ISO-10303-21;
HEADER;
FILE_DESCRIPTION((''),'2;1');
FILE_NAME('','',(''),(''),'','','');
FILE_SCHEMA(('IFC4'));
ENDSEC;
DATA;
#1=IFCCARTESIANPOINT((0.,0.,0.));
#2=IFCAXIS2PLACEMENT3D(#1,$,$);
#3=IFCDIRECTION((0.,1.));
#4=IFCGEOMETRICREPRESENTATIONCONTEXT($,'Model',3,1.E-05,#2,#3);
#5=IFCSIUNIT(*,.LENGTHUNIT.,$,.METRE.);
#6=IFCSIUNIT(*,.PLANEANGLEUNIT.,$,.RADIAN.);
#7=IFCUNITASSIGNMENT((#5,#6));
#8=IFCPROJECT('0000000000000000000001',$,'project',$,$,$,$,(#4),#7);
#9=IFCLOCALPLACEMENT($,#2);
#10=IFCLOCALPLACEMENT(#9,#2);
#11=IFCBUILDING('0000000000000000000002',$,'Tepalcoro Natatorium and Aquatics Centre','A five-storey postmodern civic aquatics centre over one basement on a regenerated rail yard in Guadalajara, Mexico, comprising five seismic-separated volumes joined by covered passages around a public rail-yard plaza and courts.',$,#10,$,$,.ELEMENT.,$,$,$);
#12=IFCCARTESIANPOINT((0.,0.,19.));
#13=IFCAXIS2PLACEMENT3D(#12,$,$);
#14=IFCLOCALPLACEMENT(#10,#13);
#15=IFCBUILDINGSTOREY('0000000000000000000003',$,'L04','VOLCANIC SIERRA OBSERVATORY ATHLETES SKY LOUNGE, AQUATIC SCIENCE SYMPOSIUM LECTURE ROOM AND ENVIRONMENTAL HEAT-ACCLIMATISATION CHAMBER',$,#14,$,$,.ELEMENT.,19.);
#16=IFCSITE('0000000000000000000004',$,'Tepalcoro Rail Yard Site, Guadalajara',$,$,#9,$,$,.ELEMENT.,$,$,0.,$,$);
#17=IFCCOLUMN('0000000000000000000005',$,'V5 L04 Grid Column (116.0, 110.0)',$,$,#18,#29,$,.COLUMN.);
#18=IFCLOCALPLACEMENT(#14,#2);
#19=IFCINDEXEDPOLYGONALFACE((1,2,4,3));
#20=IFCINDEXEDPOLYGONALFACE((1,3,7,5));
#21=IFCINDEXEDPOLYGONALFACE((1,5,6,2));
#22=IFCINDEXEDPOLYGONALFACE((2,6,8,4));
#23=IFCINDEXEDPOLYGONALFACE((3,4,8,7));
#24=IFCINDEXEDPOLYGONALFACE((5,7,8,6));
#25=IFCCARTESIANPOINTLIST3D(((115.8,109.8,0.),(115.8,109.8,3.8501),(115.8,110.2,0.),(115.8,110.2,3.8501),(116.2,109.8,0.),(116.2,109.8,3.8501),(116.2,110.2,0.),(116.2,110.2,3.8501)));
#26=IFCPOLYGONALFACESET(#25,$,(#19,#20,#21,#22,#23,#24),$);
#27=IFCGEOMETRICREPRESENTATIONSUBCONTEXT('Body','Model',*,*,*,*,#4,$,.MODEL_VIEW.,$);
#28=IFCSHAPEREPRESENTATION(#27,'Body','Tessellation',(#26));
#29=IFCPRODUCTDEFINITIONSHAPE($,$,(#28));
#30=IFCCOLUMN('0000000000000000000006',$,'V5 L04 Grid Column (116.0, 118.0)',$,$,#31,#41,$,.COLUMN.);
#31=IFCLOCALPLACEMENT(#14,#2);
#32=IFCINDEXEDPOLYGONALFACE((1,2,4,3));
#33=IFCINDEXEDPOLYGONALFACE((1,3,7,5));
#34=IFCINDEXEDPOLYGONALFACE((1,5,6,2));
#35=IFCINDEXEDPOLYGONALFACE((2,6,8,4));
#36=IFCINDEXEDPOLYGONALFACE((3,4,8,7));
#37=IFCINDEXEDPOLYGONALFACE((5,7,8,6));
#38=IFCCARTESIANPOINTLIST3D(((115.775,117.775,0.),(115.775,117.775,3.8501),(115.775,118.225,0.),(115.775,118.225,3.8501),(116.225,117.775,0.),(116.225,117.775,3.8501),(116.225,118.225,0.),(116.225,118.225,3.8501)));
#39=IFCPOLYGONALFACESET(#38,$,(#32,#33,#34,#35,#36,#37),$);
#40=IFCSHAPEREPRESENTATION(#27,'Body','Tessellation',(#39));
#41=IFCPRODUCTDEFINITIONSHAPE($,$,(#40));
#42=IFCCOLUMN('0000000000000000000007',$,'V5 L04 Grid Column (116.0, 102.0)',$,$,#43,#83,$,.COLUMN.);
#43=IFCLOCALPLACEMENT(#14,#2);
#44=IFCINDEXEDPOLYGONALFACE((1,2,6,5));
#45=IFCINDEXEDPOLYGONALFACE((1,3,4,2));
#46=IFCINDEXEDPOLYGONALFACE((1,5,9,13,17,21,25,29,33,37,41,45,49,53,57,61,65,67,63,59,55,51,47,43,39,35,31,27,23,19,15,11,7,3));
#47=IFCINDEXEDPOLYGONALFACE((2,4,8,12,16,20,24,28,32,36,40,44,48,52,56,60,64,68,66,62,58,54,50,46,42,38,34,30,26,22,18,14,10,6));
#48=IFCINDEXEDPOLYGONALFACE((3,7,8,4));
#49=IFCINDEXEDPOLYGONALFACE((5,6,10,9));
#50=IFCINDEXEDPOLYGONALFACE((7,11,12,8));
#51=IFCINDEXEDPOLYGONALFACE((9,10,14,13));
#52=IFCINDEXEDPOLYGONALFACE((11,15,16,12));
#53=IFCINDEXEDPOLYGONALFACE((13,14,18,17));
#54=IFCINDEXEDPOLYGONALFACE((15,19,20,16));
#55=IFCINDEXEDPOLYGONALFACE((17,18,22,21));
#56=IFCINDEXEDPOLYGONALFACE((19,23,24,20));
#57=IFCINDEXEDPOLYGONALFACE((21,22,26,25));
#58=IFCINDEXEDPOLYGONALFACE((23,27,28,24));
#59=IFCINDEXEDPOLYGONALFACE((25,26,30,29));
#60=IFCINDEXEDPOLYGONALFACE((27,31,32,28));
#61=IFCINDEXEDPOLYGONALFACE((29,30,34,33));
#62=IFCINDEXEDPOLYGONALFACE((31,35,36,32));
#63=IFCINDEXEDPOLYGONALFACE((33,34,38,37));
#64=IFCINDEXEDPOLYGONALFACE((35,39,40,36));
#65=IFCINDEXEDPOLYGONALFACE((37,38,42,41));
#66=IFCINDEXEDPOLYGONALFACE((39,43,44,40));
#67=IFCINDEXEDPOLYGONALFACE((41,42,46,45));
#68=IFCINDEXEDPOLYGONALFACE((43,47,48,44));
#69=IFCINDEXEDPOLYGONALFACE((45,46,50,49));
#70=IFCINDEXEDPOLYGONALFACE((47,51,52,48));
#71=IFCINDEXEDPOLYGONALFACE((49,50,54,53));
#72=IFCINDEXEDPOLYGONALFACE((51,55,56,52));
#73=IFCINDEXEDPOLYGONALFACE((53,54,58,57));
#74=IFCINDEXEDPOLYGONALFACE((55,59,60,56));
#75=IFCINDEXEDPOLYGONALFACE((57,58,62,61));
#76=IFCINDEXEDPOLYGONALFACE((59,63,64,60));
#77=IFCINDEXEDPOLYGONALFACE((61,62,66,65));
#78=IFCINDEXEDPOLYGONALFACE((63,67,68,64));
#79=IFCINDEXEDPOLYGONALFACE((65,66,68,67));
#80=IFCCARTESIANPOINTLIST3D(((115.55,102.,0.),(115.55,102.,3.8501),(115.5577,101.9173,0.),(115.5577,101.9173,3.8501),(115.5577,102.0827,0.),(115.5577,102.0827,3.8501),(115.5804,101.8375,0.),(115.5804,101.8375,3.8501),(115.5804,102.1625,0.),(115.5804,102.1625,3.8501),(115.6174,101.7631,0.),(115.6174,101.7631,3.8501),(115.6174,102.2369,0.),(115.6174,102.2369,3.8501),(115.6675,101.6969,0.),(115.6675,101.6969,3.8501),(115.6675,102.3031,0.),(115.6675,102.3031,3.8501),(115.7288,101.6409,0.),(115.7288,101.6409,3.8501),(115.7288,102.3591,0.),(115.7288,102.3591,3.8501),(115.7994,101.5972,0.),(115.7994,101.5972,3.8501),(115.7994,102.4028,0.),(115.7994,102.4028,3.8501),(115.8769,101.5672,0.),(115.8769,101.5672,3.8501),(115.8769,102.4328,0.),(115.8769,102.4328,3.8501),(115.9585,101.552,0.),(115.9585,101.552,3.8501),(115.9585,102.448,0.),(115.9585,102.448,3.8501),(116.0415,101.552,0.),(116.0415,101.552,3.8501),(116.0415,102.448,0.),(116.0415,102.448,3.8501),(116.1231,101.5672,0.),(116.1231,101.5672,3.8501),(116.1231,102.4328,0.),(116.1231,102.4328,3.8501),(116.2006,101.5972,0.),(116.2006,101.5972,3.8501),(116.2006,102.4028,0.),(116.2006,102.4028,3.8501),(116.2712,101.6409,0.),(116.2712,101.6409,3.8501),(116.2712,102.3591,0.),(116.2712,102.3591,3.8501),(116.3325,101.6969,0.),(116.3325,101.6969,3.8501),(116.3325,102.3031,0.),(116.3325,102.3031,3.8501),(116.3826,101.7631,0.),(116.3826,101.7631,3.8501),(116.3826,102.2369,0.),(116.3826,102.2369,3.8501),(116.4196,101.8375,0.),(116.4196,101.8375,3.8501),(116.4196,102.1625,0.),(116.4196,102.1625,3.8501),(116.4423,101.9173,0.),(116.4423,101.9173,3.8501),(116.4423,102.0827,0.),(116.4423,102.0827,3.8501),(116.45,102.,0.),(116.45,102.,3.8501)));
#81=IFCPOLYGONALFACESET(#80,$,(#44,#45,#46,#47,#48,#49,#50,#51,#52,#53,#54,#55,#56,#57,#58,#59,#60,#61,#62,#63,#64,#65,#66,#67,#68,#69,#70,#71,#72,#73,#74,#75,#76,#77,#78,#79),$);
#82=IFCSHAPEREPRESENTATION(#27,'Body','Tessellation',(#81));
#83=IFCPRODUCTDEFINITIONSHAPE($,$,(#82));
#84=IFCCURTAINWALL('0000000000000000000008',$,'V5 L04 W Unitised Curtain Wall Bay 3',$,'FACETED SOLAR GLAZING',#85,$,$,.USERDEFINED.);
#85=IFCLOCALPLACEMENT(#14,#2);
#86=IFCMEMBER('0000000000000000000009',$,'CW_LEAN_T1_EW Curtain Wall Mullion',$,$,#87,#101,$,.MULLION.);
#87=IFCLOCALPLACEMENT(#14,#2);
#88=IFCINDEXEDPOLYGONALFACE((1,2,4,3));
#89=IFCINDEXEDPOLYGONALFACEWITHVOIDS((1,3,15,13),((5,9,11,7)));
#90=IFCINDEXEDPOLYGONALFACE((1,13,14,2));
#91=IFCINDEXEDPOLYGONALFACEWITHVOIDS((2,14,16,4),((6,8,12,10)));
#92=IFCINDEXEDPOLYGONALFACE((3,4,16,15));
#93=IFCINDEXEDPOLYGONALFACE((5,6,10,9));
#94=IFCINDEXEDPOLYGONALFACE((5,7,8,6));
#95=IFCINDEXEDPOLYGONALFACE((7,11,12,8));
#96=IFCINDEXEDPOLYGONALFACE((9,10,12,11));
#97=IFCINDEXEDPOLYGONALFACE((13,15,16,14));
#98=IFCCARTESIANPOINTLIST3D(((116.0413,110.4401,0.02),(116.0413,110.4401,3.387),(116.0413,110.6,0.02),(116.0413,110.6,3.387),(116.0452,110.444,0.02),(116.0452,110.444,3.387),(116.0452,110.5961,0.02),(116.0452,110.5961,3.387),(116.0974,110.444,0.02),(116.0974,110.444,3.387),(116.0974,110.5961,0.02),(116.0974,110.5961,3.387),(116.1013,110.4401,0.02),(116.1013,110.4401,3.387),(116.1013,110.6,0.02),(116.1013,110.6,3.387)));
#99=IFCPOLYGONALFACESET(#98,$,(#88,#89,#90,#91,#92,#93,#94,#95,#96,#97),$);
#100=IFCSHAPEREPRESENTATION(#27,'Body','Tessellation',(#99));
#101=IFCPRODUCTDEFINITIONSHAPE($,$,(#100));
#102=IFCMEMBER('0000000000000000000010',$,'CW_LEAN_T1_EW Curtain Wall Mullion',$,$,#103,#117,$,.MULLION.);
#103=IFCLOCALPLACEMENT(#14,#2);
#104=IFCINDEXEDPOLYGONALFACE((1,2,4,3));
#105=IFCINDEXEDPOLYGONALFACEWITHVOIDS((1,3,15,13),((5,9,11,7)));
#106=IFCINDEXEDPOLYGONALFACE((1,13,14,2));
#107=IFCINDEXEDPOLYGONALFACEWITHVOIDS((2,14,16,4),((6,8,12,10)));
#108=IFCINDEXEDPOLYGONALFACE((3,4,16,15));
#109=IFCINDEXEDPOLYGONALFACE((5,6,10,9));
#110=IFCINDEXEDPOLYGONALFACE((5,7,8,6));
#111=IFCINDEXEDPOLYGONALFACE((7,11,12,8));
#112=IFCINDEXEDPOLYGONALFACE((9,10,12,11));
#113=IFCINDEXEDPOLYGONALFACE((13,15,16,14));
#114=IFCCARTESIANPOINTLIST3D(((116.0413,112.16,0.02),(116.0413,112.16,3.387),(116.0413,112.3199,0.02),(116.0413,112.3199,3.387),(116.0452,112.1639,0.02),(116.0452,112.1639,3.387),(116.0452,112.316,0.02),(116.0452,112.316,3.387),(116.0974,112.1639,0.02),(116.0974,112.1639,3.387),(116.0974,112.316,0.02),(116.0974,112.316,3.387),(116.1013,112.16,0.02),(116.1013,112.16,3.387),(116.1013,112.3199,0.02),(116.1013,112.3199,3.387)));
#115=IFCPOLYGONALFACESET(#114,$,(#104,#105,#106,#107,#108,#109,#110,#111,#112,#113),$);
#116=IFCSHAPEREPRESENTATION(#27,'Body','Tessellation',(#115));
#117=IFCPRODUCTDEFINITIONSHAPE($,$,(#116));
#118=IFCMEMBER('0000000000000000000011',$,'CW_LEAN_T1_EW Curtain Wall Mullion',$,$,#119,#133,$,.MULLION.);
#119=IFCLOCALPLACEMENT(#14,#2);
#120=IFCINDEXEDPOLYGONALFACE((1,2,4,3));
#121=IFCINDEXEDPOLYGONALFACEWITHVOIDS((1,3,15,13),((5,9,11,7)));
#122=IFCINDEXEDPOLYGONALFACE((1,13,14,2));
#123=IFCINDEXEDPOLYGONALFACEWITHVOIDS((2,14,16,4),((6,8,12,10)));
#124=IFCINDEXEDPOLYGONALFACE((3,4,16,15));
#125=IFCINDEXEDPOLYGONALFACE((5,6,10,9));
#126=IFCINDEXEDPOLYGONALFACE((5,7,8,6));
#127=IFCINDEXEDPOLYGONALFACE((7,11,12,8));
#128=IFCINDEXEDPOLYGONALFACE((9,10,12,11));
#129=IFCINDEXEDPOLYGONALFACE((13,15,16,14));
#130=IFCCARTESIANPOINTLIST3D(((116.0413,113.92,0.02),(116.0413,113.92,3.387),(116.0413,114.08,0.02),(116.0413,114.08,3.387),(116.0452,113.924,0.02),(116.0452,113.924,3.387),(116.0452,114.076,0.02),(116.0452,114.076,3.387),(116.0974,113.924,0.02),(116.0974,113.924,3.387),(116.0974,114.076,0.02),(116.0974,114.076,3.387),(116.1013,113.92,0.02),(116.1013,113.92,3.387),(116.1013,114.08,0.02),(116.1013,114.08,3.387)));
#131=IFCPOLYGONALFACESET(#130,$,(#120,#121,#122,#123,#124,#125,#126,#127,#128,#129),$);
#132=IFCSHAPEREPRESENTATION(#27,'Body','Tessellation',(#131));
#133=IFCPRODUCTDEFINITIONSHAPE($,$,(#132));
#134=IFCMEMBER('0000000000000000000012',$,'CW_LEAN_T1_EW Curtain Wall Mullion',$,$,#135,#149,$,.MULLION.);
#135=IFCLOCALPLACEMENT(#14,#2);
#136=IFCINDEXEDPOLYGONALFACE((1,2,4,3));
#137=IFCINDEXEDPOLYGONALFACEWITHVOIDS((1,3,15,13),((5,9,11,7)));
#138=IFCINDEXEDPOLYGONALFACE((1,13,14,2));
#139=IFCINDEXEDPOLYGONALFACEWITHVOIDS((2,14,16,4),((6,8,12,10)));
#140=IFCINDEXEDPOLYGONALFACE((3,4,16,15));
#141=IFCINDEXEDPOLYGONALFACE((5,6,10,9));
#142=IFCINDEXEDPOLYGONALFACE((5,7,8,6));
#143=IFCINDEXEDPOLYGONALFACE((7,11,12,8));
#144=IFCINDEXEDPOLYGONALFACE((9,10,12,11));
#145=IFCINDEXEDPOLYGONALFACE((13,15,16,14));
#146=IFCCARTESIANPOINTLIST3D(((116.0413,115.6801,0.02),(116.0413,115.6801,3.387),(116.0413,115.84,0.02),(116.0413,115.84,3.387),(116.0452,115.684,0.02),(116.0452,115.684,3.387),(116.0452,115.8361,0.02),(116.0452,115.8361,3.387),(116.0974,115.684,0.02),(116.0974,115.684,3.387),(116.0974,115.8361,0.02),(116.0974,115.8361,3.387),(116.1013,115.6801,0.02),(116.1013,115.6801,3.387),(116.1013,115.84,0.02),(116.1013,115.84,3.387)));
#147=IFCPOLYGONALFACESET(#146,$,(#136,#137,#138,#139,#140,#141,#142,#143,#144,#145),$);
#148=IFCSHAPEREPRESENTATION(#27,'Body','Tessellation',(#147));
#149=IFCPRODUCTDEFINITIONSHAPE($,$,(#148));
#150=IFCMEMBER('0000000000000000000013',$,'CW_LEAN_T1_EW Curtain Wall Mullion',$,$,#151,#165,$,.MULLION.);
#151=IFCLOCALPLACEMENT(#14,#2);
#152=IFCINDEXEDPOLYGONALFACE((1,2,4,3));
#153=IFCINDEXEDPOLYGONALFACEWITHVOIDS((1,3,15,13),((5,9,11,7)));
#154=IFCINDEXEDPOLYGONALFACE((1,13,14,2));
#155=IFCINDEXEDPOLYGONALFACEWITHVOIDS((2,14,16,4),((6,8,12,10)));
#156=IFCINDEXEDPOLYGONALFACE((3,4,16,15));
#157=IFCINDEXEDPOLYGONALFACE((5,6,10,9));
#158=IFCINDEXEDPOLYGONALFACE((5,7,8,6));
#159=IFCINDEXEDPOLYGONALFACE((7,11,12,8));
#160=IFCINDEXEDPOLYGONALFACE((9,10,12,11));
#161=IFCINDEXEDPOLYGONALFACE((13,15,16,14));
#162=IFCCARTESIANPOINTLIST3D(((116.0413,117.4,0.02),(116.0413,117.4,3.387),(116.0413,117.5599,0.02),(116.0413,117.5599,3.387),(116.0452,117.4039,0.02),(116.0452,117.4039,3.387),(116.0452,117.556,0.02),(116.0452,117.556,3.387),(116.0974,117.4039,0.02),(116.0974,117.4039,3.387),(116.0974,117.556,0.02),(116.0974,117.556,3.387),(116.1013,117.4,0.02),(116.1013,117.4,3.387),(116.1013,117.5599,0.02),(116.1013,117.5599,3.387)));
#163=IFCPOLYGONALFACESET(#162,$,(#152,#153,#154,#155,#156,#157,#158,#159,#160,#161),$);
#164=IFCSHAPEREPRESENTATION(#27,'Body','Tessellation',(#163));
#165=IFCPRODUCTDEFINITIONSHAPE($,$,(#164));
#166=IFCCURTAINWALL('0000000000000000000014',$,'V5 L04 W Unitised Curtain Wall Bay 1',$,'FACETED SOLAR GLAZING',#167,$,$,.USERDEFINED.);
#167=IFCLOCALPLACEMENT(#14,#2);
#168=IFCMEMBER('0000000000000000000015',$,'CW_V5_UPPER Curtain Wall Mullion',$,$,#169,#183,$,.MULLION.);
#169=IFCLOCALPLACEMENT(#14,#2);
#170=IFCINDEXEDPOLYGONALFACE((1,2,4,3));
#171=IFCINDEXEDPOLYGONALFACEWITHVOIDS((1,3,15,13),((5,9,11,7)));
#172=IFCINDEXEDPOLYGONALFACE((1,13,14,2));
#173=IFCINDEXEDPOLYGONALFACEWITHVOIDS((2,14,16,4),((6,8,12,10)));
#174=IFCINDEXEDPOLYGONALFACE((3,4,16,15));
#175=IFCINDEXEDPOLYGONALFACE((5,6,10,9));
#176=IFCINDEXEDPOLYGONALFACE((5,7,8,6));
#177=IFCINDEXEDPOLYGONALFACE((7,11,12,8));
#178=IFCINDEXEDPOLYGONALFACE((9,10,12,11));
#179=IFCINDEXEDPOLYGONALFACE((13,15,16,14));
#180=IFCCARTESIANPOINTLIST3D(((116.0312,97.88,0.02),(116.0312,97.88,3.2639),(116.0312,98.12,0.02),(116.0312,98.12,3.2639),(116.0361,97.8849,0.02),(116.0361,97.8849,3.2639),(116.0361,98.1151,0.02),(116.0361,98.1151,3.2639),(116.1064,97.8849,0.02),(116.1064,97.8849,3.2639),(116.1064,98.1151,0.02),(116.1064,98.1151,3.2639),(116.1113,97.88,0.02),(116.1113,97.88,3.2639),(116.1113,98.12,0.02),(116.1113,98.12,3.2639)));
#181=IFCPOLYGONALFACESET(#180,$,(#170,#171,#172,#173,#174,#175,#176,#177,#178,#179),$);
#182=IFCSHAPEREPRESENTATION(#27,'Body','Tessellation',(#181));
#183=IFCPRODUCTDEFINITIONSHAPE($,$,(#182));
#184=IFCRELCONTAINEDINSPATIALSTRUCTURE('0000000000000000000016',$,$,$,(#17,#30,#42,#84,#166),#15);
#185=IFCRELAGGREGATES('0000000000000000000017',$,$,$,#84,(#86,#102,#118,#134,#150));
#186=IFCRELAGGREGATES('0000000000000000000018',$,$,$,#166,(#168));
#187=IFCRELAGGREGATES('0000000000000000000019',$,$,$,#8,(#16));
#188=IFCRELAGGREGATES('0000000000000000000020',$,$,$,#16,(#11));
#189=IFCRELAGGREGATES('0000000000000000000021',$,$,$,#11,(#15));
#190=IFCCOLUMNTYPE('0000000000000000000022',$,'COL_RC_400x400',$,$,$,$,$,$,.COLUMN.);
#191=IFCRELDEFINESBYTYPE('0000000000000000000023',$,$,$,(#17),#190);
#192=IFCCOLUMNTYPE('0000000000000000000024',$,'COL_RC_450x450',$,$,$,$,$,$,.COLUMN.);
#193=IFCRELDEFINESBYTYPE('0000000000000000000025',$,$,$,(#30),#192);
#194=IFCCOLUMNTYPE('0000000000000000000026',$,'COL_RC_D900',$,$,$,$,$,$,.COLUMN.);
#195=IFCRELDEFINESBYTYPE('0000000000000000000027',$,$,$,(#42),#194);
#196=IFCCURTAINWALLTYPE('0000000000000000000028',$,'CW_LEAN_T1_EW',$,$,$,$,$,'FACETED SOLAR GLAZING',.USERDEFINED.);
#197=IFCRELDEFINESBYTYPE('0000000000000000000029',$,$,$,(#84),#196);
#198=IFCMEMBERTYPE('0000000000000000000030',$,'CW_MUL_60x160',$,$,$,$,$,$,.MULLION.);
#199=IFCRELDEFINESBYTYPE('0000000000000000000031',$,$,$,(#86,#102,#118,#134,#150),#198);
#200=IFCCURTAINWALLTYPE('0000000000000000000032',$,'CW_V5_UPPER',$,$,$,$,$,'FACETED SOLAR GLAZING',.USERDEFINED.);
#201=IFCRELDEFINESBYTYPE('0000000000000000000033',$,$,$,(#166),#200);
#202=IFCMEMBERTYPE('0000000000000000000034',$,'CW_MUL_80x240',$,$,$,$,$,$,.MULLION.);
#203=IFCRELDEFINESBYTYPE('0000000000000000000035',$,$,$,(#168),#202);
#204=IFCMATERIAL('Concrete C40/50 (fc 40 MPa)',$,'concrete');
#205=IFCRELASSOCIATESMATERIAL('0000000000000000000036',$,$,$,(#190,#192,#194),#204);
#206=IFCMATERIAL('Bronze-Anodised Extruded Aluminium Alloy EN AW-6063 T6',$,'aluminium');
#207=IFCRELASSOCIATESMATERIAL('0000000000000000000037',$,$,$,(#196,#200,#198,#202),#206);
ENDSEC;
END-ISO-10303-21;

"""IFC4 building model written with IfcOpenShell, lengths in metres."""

from ifc_helpers import new_model, si_unit, direction, frame, origin, origin_2d, place, context, subcontext, project, spatial, rectangle, hollow_rectangle, circle, extrude, material, material_profile, profile_set, type_object, element, aggregate, save


model = new_model("IFC4")

# Units and contexts
model_context = context("Model", 3, precision=1e-05, world=origin(), true_north=direction((0.0, 1.0)))
body_context = subcontext(model_context, "Body", "Model", "MODEL_VIEW")
ifc_project = project(units=[si_unit("LENGTHUNIT", "METRE"), si_unit("PLANEANGLEUNIT", "RADIAN")], contexts=[model_context])

# Site, building, storey
site_placement = place(None, origin())
site = spatial("IfcSite", under=ifc_project, at=site_placement, Name="Tepalcoro Rail Yard Site, Guadalajara", CompositionType="ELEMENT", RefElevation=0.0)
building_placement = place(site_placement, origin())
building = spatial("IfcBuilding", under=site, at=building_placement, Name="Tepalcoro Natatorium and Aquatics Centre", Description="A five-storey postmodern civic aquatics centre over one basement on a regenerated rail yard in Guadalajara, Mexico, comprising five seismic-separated volumes joined by covered passages around a public rail-yard plaza and courts.", CompositionType="ELEMENT")
storey_placement = place(building_placement, frame((0.0, 0.0, 19.0)))
storey = spatial("IfcBuildingStorey", under=building, at=storey_placement, Name="L04", Description="VOLCANIC SIERRA OBSERVATORY ATHLETES SKY LOUNGE, AQUATIC SCIENCE SYMPOSIUM LECTURE ROOM AND ENVIRONMENTAL HEAT-ACCLIMATISATION CHAMBER", CompositionType="ELEMENT", Elevation=19.0)

# Columns
ifc_material_1 = material(Name="Concrete C40/50 (fc 40 MPa)", Category="concrete")
ifc_material_profile_1 = material_profile(ifc_material_1, rectangle(XDim=0.3999, YDim=0.3999, at=origin_2d()), Name="RC400x400")
ifc_profile_set_1 = profile_set([ifc_material_profile_1], Name="Concrete C40/50 (fc 40 MPa)")
column_type_1 = type_object("IfcColumnType", Name="COL_RC_400x400", PredefinedType="COLUMN", material=ifc_profile_set_1)
column_1_placement = place(storey_placement, frame((116.0, 110.0, 0.0), z_axis=(0.0, 0.0, 1.0), x_axis=(1.0, 0.0, 0.0)))
element("IfcColumn", 1, at=column_1_placement, inside=storey, type_object=column_type_1, Name="V5 L04 Grid Column (116.0, 110.0)", PredefinedType="COLUMN", context=body_context, shape_type="SweptSolid", body=[
    extrude(rectangle(XDim=0.3999, YDim=0.3999, at=origin_2d()), origin(), (0.0, 0.0, 1.0), 3.8501),
])
ifc_material_profile_2 = material_profile(ifc_material_1, rectangle(XDim=0.45, YDim=0.45, at=origin_2d()), Name="RC450x450")
ifc_profile_set_2 = profile_set([ifc_material_profile_2], Name="Concrete C40/50 (fc 40 MPa)")
column_type_2 = type_object("IfcColumnType", Name="COL_RC_450x450", PredefinedType="COLUMN", material=ifc_profile_set_2)
column_2_placement = place(storey_placement, frame((116.0, 118.0, 0.0), z_axis=(0.0, 0.0, 1.0), x_axis=(1.0, 0.0, 0.0)))
element("IfcColumn", 2, at=column_2_placement, inside=storey, type_object=column_type_2, Name="V5 L04 Grid Column (116.0, 118.0)", PredefinedType="COLUMN", context=body_context, shape_type="SweptSolid", body=[
    extrude(rectangle(XDim=0.45, YDim=0.45, at=origin_2d()), origin(), (0.0, 0.0, 1.0), 3.8501),
])
ifc_material_profile_3 = material_profile(ifc_material_1, circle(Radius=0.45, at=origin_2d()), Name="RCD900")
ifc_profile_set_3 = profile_set([ifc_material_profile_3], Name="Concrete C40/50 (fc 40 MPa)")
column_type_3 = type_object("IfcColumnType", Name="COL_RC_D900", PredefinedType="COLUMN", material=ifc_profile_set_3)
column_3_placement = place(storey_placement, frame((116.0, 102.0, 0.0), z_axis=(0.0, 0.0, 1.0), x_axis=(1.0, 0.0, 0.0)))
element("IfcColumn", 3, at=column_3_placement, inside=storey, type_object=column_type_3, Name="V5 L04 Grid Column (116.0, 102.0)", PredefinedType="COLUMN", context=body_context, shape_type="SweptSolid", body=[
    extrude(circle(Radius=0.45, at=origin_2d()), origin(), (0.0, 0.0, 1.0), 3.8501),
])

# Curtain walls, members
ifc_material_2 = material(Name="Bronze-Anodised Extruded Aluminium Alloy EN AW-6063 T6", Category="aluminium")
curtain_wall_type_1 = type_object("IfcCurtainWallType", Name="CW_LEAN_T1_EW", ElementType="FACETED SOLAR GLAZING", PredefinedType="USERDEFINED", material=ifc_material_2)
curtain_wall_1_placement = place(storey_placement, origin())
curtain_wall_1 = element("IfcCurtainWall", 4, at=curtain_wall_1_placement, inside=storey, type_object=curtain_wall_type_1, Name="V5 L04 W Unitised Curtain Wall Bay 3", ObjectType="FACETED SOLAR GLAZING", PredefinedType="USERDEFINED")
ifc_material_profile_4 = material_profile(ifc_material_2, hollow_rectangle(XDim=0.0601, YDim=0.1599, WallThickness=0.0039, at=origin_2d()), Name="AL60X160X4")
ifc_profile_set_4 = profile_set([ifc_material_profile_4], Name="Bronze-Anodised Extruded Aluminium Alloy EN AW-6063 T6")
member_type_1 = type_object("IfcMemberType", Name="CW_MUL_60x160", PredefinedType="MULLION", material=ifc_profile_set_4)
member_1_placement = place(storey_placement, frame((116.0713, 110.52, 0.02), z_axis=(0.0, 0.0, 1.0), x_axis=(1.0, 0.0, 0.0)))
member_1 = element("IfcMember", 5, at=member_1_placement, type_object=member_type_1, Name="CW_LEAN_T1_EW Curtain Wall Mullion", PredefinedType="MULLION", context=body_context, shape_type="SweptSolid", body=[
    extrude(hollow_rectangle(XDim=0.0601, YDim=0.1599, WallThickness=0.0039, at=origin_2d()), origin(), (0.0, 0.0, 1.0), 3.3669),
])
member_2_placement = place(storey_placement, frame((116.0713, 112.24, 0.02), z_axis=(0.0, 0.0, 1.0), x_axis=(1.0, 0.0, 0.0)))
member_2 = element("IfcMember", 6, at=member_2_placement, type_object=member_type_1, Name="CW_LEAN_T1_EW Curtain Wall Mullion", PredefinedType="MULLION", context=body_context, shape_type="SweptSolid", body=[
    extrude(hollow_rectangle(XDim=0.0601, YDim=0.1599, WallThickness=0.0039, at=origin_2d()), origin(), (0.0, 0.0, 1.0), 3.3669),
])
member_3_placement = place(storey_placement, frame((116.0713, 114.0, 0.02), z_axis=(0.0, 0.0, 1.0), x_axis=(1.0, 0.0, 0.0)))
member_3 = element("IfcMember", 7, at=member_3_placement, type_object=member_type_1, Name="CW_LEAN_T1_EW Curtain Wall Mullion", PredefinedType="MULLION", context=body_context, shape_type="SweptSolid", body=[
    extrude(hollow_rectangle(XDim=0.0601, YDim=0.1599, WallThickness=0.0039, at=origin_2d()), origin(), (0.0, 0.0, 1.0), 3.3669),
])
member_4_placement = place(storey_placement, frame((116.0713, 115.76, 0.02), z_axis=(0.0, 0.0, 1.0), x_axis=(1.0, 0.0, 0.0)))
member_4 = element("IfcMember", 8, at=member_4_placement, type_object=member_type_1, Name="CW_LEAN_T1_EW Curtain Wall Mullion", PredefinedType="MULLION", context=body_context, shape_type="SweptSolid", body=[
    extrude(hollow_rectangle(XDim=0.0601, YDim=0.1599, WallThickness=0.0039, at=origin_2d()), origin(), (0.0, 0.0, 1.0), 3.3669),
])
member_5_placement = place(storey_placement, frame((116.0713, 117.48, 0.02), z_axis=(0.0, 0.0, 1.0), x_axis=(1.0, 0.0, 0.0)))
member_5 = element("IfcMember", 9, at=member_5_placement, type_object=member_type_1, Name="CW_LEAN_T1_EW Curtain Wall Mullion", PredefinedType="MULLION", context=body_context, shape_type="SweptSolid", body=[
    extrude(hollow_rectangle(XDim=0.0601, YDim=0.1599, WallThickness=0.0039, at=origin_2d()), origin(), (0.0, 0.0, 1.0), 3.3669),
])
curtain_wall_type_2 = type_object("IfcCurtainWallType", Name="CW_V5_UPPER", ElementType="FACETED SOLAR GLAZING", PredefinedType="USERDEFINED", material=ifc_material_2)
curtain_wall_2_placement = place(storey_placement, origin())
curtain_wall_2 = element("IfcCurtainWall", 10, at=curtain_wall_2_placement, inside=storey, type_object=curtain_wall_type_2, Name="V5 L04 W Unitised Curtain Wall Bay 1", ObjectType="FACETED SOLAR GLAZING", PredefinedType="USERDEFINED")
ifc_material_profile_5 = material_profile(ifc_material_2, hollow_rectangle(XDim=0.0801, YDim=0.24, WallThickness=0.0049, at=origin_2d()), Name="AL80X240X5")
ifc_profile_set_5 = profile_set([ifc_material_profile_5], Name="Bronze-Anodised Extruded Aluminium Alloy EN AW-6063 T6")
member_type_2 = type_object("IfcMemberType", Name="CW_MUL_80x240", PredefinedType="MULLION", material=ifc_profile_set_5)
member_6_placement = place(storey_placement, frame((116.0713, 98.0, 0.02), z_axis=(0.0, 0.0, 1.0), x_axis=(1.0, 0.0, 0.0)))
member_6 = element("IfcMember", 11, at=member_6_placement, type_object=member_type_2, Name="CW_V5_UPPER Curtain Wall Mullion", PredefinedType="MULLION", context=body_context, shape_type="SweptSolid", body=[
    extrude(hollow_rectangle(XDim=0.0801, YDim=0.24, WallThickness=0.0049, at=origin_2d()), origin(), (0.0, 0.0, 1.0), 3.2439),
])

aggregate(curtain_wall_1, [member_1, member_2, member_3, member_4, member_5])

aggregate(curtain_wall_2, [member_6])

save(model, "model.ifc")
